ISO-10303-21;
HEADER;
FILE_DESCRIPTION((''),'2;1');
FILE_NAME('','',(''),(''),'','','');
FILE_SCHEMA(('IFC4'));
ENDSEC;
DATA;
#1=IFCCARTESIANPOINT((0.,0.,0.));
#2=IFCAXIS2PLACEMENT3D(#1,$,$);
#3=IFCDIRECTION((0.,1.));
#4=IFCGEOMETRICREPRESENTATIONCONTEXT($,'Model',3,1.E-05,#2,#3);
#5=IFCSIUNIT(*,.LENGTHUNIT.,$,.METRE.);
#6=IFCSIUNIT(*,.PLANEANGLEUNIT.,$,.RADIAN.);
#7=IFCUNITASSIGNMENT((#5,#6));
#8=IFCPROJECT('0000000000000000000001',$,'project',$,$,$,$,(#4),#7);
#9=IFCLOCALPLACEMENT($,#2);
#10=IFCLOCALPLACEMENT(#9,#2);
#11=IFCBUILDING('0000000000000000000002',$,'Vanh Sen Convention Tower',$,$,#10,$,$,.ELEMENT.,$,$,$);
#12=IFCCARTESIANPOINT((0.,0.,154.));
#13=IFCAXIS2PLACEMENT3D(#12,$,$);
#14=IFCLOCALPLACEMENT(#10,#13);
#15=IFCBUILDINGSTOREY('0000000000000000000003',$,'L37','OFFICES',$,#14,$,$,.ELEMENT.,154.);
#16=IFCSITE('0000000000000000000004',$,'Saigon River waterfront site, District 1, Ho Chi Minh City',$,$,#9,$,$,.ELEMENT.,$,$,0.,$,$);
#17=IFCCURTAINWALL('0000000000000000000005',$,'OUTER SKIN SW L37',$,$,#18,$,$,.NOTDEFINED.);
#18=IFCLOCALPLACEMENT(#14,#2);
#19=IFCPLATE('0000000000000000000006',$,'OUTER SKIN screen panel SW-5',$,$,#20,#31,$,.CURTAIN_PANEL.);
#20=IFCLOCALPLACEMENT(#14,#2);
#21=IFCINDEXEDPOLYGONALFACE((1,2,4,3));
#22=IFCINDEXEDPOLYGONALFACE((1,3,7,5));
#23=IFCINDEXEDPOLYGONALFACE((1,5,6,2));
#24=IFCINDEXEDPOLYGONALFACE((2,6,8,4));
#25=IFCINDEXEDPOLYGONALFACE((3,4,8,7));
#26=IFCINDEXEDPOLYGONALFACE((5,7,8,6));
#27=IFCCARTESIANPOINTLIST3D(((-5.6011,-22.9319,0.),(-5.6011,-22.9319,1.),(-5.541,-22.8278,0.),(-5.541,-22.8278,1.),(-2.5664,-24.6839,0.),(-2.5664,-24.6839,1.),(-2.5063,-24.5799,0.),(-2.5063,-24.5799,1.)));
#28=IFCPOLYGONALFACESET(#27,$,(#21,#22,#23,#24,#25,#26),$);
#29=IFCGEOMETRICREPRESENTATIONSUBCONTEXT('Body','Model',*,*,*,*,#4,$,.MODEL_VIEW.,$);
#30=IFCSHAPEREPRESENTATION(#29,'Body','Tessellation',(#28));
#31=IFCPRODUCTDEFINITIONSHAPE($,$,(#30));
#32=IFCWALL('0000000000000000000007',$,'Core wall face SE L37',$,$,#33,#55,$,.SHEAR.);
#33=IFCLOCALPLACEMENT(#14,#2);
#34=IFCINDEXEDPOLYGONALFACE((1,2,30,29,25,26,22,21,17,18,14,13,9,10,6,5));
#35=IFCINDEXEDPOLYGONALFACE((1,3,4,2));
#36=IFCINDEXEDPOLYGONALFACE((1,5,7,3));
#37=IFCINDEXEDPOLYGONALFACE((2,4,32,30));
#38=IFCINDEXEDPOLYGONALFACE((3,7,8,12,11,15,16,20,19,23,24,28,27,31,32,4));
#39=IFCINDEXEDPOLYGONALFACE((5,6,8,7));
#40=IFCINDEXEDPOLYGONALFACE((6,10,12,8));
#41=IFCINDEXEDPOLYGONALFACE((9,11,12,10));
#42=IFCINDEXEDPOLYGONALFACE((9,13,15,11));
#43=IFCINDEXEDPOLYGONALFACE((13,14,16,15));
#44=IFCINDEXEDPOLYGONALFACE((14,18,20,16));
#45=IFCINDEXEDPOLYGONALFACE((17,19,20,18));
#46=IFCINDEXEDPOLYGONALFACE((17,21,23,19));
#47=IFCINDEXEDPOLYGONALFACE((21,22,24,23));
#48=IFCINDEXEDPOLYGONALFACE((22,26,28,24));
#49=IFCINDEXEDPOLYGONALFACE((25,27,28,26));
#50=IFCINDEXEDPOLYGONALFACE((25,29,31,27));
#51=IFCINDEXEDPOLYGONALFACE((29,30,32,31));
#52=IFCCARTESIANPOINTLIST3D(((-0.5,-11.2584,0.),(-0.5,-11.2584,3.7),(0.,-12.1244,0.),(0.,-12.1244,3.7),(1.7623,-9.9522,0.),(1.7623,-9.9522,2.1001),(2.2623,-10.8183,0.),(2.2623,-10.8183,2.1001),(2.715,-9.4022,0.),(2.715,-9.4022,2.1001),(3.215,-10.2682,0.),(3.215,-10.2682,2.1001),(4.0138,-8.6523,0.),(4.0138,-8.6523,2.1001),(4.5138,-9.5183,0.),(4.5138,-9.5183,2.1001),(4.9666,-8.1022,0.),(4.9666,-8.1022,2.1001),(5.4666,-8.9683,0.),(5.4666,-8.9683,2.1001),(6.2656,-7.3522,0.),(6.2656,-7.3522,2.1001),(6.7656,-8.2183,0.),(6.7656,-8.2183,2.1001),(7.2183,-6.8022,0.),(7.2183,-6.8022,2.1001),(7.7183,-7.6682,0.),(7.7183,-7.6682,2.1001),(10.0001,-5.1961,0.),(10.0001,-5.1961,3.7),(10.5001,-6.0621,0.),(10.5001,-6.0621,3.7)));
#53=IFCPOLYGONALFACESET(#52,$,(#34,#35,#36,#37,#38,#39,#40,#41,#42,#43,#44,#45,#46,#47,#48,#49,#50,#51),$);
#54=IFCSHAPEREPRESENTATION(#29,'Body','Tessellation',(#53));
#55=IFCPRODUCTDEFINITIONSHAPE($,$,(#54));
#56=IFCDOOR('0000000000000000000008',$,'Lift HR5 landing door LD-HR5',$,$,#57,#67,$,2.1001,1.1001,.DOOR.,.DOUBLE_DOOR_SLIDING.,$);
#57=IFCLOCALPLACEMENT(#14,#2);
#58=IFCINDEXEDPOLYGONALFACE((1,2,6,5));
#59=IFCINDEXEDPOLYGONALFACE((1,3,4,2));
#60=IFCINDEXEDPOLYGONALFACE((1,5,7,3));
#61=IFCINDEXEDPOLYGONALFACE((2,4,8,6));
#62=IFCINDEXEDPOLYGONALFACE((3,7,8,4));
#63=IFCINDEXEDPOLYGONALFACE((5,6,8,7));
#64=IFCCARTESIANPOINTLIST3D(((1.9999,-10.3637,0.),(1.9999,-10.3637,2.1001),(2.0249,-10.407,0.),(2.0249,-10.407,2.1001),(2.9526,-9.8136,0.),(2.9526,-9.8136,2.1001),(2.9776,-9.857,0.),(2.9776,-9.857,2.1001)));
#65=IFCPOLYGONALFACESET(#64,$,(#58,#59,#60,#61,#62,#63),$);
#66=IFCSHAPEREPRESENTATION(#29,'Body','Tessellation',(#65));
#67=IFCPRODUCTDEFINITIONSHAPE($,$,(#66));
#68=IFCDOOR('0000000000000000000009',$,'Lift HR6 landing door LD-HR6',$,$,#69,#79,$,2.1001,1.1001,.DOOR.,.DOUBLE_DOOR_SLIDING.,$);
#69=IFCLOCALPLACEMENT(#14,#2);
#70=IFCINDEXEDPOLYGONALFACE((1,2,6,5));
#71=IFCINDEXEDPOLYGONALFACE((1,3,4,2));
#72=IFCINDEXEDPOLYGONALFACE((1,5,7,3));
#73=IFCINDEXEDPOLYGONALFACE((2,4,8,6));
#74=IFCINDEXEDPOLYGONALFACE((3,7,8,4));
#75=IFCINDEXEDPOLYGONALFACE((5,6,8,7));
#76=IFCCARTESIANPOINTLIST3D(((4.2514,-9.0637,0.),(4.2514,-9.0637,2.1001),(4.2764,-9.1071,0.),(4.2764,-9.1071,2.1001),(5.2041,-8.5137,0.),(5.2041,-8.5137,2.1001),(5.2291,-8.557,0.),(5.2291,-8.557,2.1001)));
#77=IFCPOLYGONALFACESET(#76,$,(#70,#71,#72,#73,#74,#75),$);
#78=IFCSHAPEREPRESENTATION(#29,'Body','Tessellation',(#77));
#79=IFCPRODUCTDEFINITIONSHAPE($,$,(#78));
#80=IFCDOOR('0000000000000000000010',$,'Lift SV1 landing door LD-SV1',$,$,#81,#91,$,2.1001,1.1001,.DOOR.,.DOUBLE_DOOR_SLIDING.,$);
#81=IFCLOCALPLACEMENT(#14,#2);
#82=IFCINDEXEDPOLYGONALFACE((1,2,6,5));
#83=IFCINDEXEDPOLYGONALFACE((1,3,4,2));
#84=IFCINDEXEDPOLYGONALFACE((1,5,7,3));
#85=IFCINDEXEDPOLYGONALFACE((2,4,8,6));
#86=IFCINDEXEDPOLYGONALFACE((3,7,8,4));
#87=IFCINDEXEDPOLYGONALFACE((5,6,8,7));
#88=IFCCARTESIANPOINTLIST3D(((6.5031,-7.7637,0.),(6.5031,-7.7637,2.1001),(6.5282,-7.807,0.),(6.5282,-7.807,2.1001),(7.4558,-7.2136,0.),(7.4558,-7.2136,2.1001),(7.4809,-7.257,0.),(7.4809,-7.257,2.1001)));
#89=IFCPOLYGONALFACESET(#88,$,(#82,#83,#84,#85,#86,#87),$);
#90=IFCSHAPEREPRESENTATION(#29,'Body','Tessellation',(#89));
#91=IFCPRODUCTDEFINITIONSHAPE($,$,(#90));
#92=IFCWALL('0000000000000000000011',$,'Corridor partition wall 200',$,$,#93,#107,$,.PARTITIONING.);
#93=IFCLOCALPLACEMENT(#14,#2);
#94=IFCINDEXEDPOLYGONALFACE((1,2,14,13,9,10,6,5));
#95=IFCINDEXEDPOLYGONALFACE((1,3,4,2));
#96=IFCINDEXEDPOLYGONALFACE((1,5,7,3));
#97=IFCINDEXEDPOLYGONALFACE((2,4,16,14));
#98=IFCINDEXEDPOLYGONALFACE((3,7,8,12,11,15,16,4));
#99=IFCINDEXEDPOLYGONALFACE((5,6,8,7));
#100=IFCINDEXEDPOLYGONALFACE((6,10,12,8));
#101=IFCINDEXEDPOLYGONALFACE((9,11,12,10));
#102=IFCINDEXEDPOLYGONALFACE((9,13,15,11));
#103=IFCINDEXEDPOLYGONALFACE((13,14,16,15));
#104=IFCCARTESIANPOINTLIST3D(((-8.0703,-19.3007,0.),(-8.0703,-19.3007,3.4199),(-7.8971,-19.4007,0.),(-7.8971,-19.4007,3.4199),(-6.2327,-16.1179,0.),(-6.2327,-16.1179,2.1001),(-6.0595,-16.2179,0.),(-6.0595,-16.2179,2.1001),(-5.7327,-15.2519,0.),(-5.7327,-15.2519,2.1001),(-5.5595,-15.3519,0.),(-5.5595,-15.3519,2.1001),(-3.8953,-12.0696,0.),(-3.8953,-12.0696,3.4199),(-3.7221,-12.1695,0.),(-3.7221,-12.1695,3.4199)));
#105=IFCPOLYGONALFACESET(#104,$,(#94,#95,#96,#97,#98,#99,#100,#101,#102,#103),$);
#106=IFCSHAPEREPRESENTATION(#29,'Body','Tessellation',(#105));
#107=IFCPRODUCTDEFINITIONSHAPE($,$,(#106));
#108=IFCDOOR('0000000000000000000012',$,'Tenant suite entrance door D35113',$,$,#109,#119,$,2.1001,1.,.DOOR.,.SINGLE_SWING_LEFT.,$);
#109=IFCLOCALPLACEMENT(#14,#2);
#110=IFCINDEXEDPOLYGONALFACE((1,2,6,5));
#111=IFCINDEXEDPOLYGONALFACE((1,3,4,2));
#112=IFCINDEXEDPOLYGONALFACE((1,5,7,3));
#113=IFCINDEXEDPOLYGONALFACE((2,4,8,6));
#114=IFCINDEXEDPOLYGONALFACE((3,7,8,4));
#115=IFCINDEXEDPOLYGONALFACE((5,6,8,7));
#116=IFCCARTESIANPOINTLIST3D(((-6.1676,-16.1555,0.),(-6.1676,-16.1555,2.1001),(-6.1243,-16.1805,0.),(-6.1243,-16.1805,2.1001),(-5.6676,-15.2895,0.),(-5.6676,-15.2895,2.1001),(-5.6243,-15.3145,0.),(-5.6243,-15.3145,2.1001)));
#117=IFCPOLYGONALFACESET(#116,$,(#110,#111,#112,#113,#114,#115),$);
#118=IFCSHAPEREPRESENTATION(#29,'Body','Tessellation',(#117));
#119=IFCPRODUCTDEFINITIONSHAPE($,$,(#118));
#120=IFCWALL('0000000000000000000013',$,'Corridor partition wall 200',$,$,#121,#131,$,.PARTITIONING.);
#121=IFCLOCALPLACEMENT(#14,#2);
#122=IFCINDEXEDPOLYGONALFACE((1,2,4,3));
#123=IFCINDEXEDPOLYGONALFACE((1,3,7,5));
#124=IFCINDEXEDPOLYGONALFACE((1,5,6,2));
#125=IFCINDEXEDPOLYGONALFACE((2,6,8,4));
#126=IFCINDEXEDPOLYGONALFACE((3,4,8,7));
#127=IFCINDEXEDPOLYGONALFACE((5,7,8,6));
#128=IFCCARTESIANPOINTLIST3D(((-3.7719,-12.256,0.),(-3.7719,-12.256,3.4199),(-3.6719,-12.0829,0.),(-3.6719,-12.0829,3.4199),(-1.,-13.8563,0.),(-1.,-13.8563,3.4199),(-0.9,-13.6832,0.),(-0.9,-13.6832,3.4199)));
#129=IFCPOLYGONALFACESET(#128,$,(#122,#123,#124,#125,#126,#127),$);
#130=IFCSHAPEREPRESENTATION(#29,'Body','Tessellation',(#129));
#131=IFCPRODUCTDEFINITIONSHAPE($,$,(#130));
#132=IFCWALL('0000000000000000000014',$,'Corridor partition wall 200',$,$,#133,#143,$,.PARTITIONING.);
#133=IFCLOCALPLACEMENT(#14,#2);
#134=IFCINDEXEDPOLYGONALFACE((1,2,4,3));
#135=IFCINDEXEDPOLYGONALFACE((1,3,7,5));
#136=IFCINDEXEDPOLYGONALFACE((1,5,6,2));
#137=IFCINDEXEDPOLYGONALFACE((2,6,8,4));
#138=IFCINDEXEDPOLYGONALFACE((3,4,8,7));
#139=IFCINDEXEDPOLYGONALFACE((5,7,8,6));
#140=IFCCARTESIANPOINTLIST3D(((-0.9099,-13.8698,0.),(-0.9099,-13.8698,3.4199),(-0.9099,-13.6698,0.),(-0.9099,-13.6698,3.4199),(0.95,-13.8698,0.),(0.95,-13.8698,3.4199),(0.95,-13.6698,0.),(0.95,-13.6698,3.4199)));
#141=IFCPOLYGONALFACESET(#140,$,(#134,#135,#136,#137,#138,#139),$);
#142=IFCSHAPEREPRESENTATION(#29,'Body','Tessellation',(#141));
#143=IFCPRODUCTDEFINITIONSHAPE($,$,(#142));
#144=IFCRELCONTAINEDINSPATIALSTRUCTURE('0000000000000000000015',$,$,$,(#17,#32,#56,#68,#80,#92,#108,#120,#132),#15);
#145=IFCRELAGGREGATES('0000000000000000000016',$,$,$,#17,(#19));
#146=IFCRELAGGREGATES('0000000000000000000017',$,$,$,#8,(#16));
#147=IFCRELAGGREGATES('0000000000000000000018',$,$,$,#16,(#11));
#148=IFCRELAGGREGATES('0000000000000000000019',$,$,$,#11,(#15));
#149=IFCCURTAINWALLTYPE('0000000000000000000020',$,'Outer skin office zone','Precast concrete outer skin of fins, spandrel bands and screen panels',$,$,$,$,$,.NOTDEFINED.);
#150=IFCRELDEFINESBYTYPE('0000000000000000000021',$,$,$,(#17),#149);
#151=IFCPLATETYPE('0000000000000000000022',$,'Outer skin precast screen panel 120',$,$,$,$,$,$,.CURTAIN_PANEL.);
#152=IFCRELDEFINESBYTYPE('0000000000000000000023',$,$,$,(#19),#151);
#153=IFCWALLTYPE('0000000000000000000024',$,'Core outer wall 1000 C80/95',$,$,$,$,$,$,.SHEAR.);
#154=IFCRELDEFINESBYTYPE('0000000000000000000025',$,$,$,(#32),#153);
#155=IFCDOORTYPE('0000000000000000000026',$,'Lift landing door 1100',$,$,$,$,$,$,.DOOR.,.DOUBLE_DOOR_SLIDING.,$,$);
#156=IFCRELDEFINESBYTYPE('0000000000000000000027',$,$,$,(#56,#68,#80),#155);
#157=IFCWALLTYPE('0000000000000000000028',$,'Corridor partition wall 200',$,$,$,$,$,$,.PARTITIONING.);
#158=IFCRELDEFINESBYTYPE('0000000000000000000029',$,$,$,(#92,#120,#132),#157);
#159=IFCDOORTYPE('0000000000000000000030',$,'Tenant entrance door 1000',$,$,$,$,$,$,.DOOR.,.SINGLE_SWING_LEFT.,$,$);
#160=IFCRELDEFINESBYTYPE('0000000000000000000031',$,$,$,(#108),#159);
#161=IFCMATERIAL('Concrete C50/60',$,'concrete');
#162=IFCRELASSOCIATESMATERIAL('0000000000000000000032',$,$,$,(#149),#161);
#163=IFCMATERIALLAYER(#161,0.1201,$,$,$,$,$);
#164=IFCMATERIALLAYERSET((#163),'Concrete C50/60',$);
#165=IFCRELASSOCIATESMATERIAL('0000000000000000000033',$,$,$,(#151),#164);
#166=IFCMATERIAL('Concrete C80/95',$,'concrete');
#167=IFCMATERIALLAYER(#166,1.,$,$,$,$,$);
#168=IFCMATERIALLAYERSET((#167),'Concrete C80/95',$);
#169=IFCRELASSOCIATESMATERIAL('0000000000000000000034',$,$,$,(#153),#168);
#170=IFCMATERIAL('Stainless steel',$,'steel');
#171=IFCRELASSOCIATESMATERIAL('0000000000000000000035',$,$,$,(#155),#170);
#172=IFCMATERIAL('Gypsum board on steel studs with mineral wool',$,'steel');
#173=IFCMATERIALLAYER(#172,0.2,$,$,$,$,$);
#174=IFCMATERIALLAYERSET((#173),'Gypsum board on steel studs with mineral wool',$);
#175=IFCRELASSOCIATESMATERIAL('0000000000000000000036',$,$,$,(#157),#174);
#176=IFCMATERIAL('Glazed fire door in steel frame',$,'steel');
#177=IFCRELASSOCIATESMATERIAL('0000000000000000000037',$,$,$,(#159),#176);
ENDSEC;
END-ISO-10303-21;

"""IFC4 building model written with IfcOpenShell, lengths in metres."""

from ifc_helpers import new_model, si_unit, direction, frame, frame_2d, origin, origin_2d, place, context, subcontext, project, spatial, rectangle, extrude, material, layer, layer_set, type_object, element, fill, aggregate, save


model = new_model("IFC4")

# Units and contexts
model_context = context("Model", 3, precision=1e-05, world=origin(), true_north=direction((0.0, 1.0)))
body_context = subcontext(model_context, "Body", "Model", "MODEL_VIEW")
ifc_project = project(units=[si_unit("LENGTHUNIT", "METRE"), si_unit("PLANEANGLEUNIT", "RADIAN")], contexts=[model_context])

# Site, building, storey
site_placement = place(None, origin())
site = spatial("IfcSite", under=ifc_project, at=site_placement, Name="Saigon River waterfront site, District 1, Ho Chi Minh City", CompositionType="ELEMENT", RefElevation=0.0)
building_placement = place(site_placement, origin())
building = spatial("IfcBuilding", under=site, at=building_placement, Name="Vanh Sen Convention Tower", CompositionType="ELEMENT")
storey_placement = place(building_placement, frame((0.0, 0.0, 154.0)))
storey = spatial("IfcBuildingStorey", under=building, at=storey_placement, Name="L37", Description="OFFICES", CompositionType="ELEMENT", Elevation=154.0)

# Shared definitions
ifc_material_1 = material(Name="Concrete C80/95", Category="concrete")

# Curtain wall
ifc_material_2 = material(Name="Concrete C50/60", Category="concrete")
curtain_wall_type = type_object("IfcCurtainWallType", Name="Outer skin office zone", Description="Precast concrete outer skin of fins, spandrel bands and screen panels", PredefinedType="NOTDEFINED", material=ifc_material_2)
curtain_wall_1_placement = place(storey_placement, origin())
curtain_wall_1 = element("IfcCurtainWall", 1, at=curtain_wall_1_placement, inside=storey, type_object=curtain_wall_type, Name="OUTER SKIN SW L37", PredefinedType="NOTDEFINED")

# Plate
ifc_layer_1 = layer(ifc_material_2, 0.1201)
ifc_layer_set_1 = layer_set([ifc_layer_1], Name="Concrete C50/60")
plate_type = type_object("IfcPlateType", Name="Outer skin precast screen panel 120", PredefinedType="CURTAIN_PANEL", material=ifc_layer_set_1)
plate_1_placement = place(storey_placement, frame((-4.0537, -23.7559, 0.0), z_axis=(0.0, 0.0, 1.0), x_axis=(0.866035, -0.499983, 0.0)))
plate_1 = element("IfcPlate", 2, at=plate_1_placement, type_object=plate_type, Name="OUTER SKIN screen panel SW-5", PredefinedType="CURTAIN_PANEL", context=body_context, shape_type="SweptSolid", body=[
    extrude(rectangle(XDim=3.5042, YDim=0.1201, at=origin_2d()), origin(), (0.0, 0.0, 1.0), 1.0),
])
aggregate(curtain_wall_1, [plate_1])

# Wall, openings, doors
ifc_layer_2 = layer(ifc_material_1, 1.0)
ifc_layer_set_2 = layer_set([ifc_layer_2], Name="Concrete C80/95")
wall_type_1 = type_object("IfcWallType", Name="Core outer wall 1000 C80/95", PredefinedType="SHEAR", material=ifc_layer_set_2)
wall_1_placement = place(storey_placement, frame((-0.25, -11.6914, 0.0), z_axis=(0.0, 0.0, 1.0), x_axis=(0.866023, 0.500005, 0.0)))
wall_1 = element("IfcWall", 3, at=wall_1_placement, inside=storey, type_object=wall_type_1, Name="Core wall face SE L37", PredefinedType="SHEAR", context=body_context, shape_type="SweptSolid", body=[
    extrude(rectangle(XDim=12.1245, YDim=1.0, at=frame_2d((6.0623, 0.0))), origin(), (0.0, 0.0, 1.0), 3.7),
])
opening_1_placement = place(wall_1_placement, frame((2.6123, 0.0, 0.0)))
opening_1 = element("IfcOpeningElement", 4, at=opening_1_placement, cuts=wall_1, PredefinedType="OPENING", context=body_context, shape_type="SweptSolid", body=[
    extrude(rectangle(XDim=1.1001, YDim=2.1001, at=frame_2d((0.55, 1.05))), frame((0.0, 0.51, 0.0), z_axis=(0.0, -1.0, 0.0), x_axis=(1.0, 0.0, 0.0)), (0.0, 0.0, 1.0), 1.02),
])
opening_2_placement = place(wall_1_placement, frame((5.2122, 0.0, 0.0)))
opening_2 = element("IfcOpeningElement", 5, at=opening_2_placement, cuts=wall_1, PredefinedType="OPENING", context=body_context, shape_type="SweptSolid", body=[
    extrude(rectangle(XDim=1.1001, YDim=2.1001, at=frame_2d((0.55, 1.05))), frame((0.0, 0.51, 0.0), z_axis=(0.0, -1.0, 0.0), x_axis=(1.0, 0.0, 0.0)), (0.0, 0.0, 1.0), 1.02),
])
opening_3_placement = place(wall_1_placement, frame((7.8123, 0.0, 0.0)))
opening_3 = element("IfcOpeningElement", 6, at=opening_3_placement, cuts=wall_1, PredefinedType="OPENING", context=body_context, shape_type="SweptSolid", body=[
    extrude(rectangle(XDim=1.1001, YDim=2.1001, at=frame_2d((0.55, 1.05))), frame((0.0, 0.51, 0.0), z_axis=(0.0, -1.0, 0.0), x_axis=(1.0, 0.0, 0.0)), (0.0, 0.0, 1.0), 1.02),
])
ifc_material_3 = material(Name="Stainless steel", Category="steel")
door_type_1 = type_object("IfcDoorType", Name="Lift landing door 1100", OperationType="DOUBLE_DOOR_SLIDING", PredefinedType="DOOR", material=ifc_material_3)
door_1_placement = place(opening_1_placement, origin())
door_1 = element("IfcDoor", 7, at=door_1_placement, inside=storey, type_object=door_type_1, Name="Lift HR5 landing door LD-HR5", OperationType="DOUBLE_DOOR_SLIDING", OverallHeight=2.1001, OverallWidth=1.1001, PredefinedType="DOOR", context=body_context, shape_type="SweptSolid", body=[
    extrude(rectangle(XDim=1.1001, YDim=2.1001, at=frame_2d((0.55, 1.05))), frame((0.0, 0.0249, 0.0), z_axis=(0.0, -1.0, 0.0), x_axis=(1.0, 0.0, 0.0)), (0.0, 0.0, 1.0), 0.05),
])
fill(opening_1, door_1)
door_2_placement = place(opening_2_placement, origin())
door_2 = element("IfcDoor", 8, at=door_2_placement, inside=storey, type_object=door_type_1, Name="Lift HR6 landing door LD-HR6", OperationType="DOUBLE_DOOR_SLIDING", OverallHeight=2.1001, OverallWidth=1.1001, PredefinedType="DOOR", context=body_context, shape_type="SweptSolid", body=[
    extrude(rectangle(XDim=1.1001, YDim=2.1001, at=frame_2d((0.55, 1.05))), frame((0.0, 0.0249, 0.0), z_axis=(0.0, -1.0, 0.0), x_axis=(1.0, 0.0, 0.0)), (0.0, 0.0, 1.0), 0.05),
])
fill(opening_2, door_2)
door_3_placement = place(opening_3_placement, origin())
door_3 = element("IfcDoor", 9, at=door_3_placement, inside=storey, type_object=door_type_1, Name="Lift SV1 landing door LD-SV1", OperationType="DOUBLE_DOOR_SLIDING", OverallHeight=2.1001, OverallWidth=1.1001, PredefinedType="DOOR", context=body_context, shape_type="SweptSolid", body=[
    extrude(rectangle(XDim=1.1001, YDim=2.1001, at=frame_2d((0.55, 1.05))), frame((0.0, 0.0249, 0.0), z_axis=(0.0, -1.0, 0.0), x_axis=(1.0, 0.0, 0.0)), (0.0, 0.0, 1.0), 0.05),
])
fill(opening_3, door_3)

# Wall, opening, door
ifc_material_4 = material(Name="Gypsum board on steel studs with mineral wool", Category="steel")
ifc_layer_3 = layer(ifc_material_4, 0.2)
ifc_layer_set_3 = layer_set([ifc_layer_3], Name="Gypsum board on steel studs with mineral wool")
wall_type_2 = type_object("IfcWallType", Name="Corridor partition wall 200", PredefinedType="PARTITIONING", material=ifc_layer_set_3)
wall_2_placement = place(storey_placement, frame((-7.9836, -19.3506, 0.0), z_axis=(0.0, 0.0, 1.0), x_axis=(0.50001, 0.86602, 0.0)))
wall_2 = element("IfcWall", 10, at=wall_2_placement, inside=storey, type_object=wall_type_2, Name="Corridor partition wall 200", PredefinedType="PARTITIONING", context=body_context, shape_type="SweptSolid", body=[
    extrude(rectangle(XDim=8.3499, YDim=0.2, at=frame_2d((4.1748, 0.0))), origin(), (0.0, 0.0, 1.0), 3.4199),
])
opening_4_placement = place(wall_2_placement, frame((3.675, 0.0, 0.0)))
opening_4 = element("IfcOpeningElement", 11, at=opening_4_placement, cuts=wall_2, PredefinedType="OPENING", context=body_context, shape_type="SweptSolid", body=[
    extrude(rectangle(XDim=1.0, YDim=2.1001, at=frame_2d((0.5, 1.05))), frame((0.0, 0.1099, 0.0), z_axis=(0.0, -1.0, 0.0), x_axis=(1.0, 0.0, 0.0)), (0.0, 0.0, 1.0), 0.22),
])
ifc_material_5 = material(Name="Glazed fire door in steel frame", Category="steel")
door_type_2 = type_object("IfcDoorType", Name="Tenant entrance door 1000", OperationType="SINGLE_SWING_LEFT", PredefinedType="DOOR", material=ifc_material_5)
door_4_placement = place(opening_4_placement, origin())
door_4 = element("IfcDoor", 12, at=door_4_placement, inside=storey, type_object=door_type_2, Name="Tenant suite entrance door D35113", OperationType="SINGLE_SWING_LEFT", OverallHeight=2.1001, OverallWidth=1.0, PredefinedType="DOOR", context=body_context, shape_type="SweptSolid", body=[
    extrude(rectangle(XDim=1.0, YDim=2.1001, at=frame_2d((0.5, 1.05))), frame((0.0, 0.0249, 0.0), z_axis=(0.0, -1.0, 0.0), x_axis=(1.0, 0.0, 0.0)), (0.0, 0.0, 1.0), 0.05),
])
fill(opening_4, door_4)

# Walls
wall_3_placement = place(storey_placement, frame((-3.7219, -12.1694, 0.0), z_axis=(0.0, 0.0, 1.0), x_axis=(0.866033, -0.499987, 0.0)))
element("IfcWall", 13, at=wall_3_placement, inside=storey, type_object=wall_type_2, Name="Corridor partition wall 200", PredefinedType="PARTITIONING", context=body_context, shape_type="SweptSolid", body=[
    extrude(rectangle(XDim=3.2007, YDim=0.2, at=frame_2d((1.6003, 0.0))), origin(), (0.0, 0.0, 1.0), 3.4199),
])
wall_4_placement = place(storey_placement, frame((-0.9099, -13.7698, 0.0), z_axis=(0.0, 0.0, 1.0), x_axis=(1.0, 0.0, 0.0)))
element("IfcWall", 14, at=wall_4_placement, inside=storey, type_object=wall_type_2, Name="Corridor partition wall 200", PredefinedType="PARTITIONING", context=body_context, shape_type="SweptSolid", body=[
    extrude(rectangle(XDim=1.8599, YDim=0.2, at=frame_2d((0.9299, 0.0))), origin(), (0.0, 0.0, 1.0), 3.4199),
])

save(model, "model.ifc")
